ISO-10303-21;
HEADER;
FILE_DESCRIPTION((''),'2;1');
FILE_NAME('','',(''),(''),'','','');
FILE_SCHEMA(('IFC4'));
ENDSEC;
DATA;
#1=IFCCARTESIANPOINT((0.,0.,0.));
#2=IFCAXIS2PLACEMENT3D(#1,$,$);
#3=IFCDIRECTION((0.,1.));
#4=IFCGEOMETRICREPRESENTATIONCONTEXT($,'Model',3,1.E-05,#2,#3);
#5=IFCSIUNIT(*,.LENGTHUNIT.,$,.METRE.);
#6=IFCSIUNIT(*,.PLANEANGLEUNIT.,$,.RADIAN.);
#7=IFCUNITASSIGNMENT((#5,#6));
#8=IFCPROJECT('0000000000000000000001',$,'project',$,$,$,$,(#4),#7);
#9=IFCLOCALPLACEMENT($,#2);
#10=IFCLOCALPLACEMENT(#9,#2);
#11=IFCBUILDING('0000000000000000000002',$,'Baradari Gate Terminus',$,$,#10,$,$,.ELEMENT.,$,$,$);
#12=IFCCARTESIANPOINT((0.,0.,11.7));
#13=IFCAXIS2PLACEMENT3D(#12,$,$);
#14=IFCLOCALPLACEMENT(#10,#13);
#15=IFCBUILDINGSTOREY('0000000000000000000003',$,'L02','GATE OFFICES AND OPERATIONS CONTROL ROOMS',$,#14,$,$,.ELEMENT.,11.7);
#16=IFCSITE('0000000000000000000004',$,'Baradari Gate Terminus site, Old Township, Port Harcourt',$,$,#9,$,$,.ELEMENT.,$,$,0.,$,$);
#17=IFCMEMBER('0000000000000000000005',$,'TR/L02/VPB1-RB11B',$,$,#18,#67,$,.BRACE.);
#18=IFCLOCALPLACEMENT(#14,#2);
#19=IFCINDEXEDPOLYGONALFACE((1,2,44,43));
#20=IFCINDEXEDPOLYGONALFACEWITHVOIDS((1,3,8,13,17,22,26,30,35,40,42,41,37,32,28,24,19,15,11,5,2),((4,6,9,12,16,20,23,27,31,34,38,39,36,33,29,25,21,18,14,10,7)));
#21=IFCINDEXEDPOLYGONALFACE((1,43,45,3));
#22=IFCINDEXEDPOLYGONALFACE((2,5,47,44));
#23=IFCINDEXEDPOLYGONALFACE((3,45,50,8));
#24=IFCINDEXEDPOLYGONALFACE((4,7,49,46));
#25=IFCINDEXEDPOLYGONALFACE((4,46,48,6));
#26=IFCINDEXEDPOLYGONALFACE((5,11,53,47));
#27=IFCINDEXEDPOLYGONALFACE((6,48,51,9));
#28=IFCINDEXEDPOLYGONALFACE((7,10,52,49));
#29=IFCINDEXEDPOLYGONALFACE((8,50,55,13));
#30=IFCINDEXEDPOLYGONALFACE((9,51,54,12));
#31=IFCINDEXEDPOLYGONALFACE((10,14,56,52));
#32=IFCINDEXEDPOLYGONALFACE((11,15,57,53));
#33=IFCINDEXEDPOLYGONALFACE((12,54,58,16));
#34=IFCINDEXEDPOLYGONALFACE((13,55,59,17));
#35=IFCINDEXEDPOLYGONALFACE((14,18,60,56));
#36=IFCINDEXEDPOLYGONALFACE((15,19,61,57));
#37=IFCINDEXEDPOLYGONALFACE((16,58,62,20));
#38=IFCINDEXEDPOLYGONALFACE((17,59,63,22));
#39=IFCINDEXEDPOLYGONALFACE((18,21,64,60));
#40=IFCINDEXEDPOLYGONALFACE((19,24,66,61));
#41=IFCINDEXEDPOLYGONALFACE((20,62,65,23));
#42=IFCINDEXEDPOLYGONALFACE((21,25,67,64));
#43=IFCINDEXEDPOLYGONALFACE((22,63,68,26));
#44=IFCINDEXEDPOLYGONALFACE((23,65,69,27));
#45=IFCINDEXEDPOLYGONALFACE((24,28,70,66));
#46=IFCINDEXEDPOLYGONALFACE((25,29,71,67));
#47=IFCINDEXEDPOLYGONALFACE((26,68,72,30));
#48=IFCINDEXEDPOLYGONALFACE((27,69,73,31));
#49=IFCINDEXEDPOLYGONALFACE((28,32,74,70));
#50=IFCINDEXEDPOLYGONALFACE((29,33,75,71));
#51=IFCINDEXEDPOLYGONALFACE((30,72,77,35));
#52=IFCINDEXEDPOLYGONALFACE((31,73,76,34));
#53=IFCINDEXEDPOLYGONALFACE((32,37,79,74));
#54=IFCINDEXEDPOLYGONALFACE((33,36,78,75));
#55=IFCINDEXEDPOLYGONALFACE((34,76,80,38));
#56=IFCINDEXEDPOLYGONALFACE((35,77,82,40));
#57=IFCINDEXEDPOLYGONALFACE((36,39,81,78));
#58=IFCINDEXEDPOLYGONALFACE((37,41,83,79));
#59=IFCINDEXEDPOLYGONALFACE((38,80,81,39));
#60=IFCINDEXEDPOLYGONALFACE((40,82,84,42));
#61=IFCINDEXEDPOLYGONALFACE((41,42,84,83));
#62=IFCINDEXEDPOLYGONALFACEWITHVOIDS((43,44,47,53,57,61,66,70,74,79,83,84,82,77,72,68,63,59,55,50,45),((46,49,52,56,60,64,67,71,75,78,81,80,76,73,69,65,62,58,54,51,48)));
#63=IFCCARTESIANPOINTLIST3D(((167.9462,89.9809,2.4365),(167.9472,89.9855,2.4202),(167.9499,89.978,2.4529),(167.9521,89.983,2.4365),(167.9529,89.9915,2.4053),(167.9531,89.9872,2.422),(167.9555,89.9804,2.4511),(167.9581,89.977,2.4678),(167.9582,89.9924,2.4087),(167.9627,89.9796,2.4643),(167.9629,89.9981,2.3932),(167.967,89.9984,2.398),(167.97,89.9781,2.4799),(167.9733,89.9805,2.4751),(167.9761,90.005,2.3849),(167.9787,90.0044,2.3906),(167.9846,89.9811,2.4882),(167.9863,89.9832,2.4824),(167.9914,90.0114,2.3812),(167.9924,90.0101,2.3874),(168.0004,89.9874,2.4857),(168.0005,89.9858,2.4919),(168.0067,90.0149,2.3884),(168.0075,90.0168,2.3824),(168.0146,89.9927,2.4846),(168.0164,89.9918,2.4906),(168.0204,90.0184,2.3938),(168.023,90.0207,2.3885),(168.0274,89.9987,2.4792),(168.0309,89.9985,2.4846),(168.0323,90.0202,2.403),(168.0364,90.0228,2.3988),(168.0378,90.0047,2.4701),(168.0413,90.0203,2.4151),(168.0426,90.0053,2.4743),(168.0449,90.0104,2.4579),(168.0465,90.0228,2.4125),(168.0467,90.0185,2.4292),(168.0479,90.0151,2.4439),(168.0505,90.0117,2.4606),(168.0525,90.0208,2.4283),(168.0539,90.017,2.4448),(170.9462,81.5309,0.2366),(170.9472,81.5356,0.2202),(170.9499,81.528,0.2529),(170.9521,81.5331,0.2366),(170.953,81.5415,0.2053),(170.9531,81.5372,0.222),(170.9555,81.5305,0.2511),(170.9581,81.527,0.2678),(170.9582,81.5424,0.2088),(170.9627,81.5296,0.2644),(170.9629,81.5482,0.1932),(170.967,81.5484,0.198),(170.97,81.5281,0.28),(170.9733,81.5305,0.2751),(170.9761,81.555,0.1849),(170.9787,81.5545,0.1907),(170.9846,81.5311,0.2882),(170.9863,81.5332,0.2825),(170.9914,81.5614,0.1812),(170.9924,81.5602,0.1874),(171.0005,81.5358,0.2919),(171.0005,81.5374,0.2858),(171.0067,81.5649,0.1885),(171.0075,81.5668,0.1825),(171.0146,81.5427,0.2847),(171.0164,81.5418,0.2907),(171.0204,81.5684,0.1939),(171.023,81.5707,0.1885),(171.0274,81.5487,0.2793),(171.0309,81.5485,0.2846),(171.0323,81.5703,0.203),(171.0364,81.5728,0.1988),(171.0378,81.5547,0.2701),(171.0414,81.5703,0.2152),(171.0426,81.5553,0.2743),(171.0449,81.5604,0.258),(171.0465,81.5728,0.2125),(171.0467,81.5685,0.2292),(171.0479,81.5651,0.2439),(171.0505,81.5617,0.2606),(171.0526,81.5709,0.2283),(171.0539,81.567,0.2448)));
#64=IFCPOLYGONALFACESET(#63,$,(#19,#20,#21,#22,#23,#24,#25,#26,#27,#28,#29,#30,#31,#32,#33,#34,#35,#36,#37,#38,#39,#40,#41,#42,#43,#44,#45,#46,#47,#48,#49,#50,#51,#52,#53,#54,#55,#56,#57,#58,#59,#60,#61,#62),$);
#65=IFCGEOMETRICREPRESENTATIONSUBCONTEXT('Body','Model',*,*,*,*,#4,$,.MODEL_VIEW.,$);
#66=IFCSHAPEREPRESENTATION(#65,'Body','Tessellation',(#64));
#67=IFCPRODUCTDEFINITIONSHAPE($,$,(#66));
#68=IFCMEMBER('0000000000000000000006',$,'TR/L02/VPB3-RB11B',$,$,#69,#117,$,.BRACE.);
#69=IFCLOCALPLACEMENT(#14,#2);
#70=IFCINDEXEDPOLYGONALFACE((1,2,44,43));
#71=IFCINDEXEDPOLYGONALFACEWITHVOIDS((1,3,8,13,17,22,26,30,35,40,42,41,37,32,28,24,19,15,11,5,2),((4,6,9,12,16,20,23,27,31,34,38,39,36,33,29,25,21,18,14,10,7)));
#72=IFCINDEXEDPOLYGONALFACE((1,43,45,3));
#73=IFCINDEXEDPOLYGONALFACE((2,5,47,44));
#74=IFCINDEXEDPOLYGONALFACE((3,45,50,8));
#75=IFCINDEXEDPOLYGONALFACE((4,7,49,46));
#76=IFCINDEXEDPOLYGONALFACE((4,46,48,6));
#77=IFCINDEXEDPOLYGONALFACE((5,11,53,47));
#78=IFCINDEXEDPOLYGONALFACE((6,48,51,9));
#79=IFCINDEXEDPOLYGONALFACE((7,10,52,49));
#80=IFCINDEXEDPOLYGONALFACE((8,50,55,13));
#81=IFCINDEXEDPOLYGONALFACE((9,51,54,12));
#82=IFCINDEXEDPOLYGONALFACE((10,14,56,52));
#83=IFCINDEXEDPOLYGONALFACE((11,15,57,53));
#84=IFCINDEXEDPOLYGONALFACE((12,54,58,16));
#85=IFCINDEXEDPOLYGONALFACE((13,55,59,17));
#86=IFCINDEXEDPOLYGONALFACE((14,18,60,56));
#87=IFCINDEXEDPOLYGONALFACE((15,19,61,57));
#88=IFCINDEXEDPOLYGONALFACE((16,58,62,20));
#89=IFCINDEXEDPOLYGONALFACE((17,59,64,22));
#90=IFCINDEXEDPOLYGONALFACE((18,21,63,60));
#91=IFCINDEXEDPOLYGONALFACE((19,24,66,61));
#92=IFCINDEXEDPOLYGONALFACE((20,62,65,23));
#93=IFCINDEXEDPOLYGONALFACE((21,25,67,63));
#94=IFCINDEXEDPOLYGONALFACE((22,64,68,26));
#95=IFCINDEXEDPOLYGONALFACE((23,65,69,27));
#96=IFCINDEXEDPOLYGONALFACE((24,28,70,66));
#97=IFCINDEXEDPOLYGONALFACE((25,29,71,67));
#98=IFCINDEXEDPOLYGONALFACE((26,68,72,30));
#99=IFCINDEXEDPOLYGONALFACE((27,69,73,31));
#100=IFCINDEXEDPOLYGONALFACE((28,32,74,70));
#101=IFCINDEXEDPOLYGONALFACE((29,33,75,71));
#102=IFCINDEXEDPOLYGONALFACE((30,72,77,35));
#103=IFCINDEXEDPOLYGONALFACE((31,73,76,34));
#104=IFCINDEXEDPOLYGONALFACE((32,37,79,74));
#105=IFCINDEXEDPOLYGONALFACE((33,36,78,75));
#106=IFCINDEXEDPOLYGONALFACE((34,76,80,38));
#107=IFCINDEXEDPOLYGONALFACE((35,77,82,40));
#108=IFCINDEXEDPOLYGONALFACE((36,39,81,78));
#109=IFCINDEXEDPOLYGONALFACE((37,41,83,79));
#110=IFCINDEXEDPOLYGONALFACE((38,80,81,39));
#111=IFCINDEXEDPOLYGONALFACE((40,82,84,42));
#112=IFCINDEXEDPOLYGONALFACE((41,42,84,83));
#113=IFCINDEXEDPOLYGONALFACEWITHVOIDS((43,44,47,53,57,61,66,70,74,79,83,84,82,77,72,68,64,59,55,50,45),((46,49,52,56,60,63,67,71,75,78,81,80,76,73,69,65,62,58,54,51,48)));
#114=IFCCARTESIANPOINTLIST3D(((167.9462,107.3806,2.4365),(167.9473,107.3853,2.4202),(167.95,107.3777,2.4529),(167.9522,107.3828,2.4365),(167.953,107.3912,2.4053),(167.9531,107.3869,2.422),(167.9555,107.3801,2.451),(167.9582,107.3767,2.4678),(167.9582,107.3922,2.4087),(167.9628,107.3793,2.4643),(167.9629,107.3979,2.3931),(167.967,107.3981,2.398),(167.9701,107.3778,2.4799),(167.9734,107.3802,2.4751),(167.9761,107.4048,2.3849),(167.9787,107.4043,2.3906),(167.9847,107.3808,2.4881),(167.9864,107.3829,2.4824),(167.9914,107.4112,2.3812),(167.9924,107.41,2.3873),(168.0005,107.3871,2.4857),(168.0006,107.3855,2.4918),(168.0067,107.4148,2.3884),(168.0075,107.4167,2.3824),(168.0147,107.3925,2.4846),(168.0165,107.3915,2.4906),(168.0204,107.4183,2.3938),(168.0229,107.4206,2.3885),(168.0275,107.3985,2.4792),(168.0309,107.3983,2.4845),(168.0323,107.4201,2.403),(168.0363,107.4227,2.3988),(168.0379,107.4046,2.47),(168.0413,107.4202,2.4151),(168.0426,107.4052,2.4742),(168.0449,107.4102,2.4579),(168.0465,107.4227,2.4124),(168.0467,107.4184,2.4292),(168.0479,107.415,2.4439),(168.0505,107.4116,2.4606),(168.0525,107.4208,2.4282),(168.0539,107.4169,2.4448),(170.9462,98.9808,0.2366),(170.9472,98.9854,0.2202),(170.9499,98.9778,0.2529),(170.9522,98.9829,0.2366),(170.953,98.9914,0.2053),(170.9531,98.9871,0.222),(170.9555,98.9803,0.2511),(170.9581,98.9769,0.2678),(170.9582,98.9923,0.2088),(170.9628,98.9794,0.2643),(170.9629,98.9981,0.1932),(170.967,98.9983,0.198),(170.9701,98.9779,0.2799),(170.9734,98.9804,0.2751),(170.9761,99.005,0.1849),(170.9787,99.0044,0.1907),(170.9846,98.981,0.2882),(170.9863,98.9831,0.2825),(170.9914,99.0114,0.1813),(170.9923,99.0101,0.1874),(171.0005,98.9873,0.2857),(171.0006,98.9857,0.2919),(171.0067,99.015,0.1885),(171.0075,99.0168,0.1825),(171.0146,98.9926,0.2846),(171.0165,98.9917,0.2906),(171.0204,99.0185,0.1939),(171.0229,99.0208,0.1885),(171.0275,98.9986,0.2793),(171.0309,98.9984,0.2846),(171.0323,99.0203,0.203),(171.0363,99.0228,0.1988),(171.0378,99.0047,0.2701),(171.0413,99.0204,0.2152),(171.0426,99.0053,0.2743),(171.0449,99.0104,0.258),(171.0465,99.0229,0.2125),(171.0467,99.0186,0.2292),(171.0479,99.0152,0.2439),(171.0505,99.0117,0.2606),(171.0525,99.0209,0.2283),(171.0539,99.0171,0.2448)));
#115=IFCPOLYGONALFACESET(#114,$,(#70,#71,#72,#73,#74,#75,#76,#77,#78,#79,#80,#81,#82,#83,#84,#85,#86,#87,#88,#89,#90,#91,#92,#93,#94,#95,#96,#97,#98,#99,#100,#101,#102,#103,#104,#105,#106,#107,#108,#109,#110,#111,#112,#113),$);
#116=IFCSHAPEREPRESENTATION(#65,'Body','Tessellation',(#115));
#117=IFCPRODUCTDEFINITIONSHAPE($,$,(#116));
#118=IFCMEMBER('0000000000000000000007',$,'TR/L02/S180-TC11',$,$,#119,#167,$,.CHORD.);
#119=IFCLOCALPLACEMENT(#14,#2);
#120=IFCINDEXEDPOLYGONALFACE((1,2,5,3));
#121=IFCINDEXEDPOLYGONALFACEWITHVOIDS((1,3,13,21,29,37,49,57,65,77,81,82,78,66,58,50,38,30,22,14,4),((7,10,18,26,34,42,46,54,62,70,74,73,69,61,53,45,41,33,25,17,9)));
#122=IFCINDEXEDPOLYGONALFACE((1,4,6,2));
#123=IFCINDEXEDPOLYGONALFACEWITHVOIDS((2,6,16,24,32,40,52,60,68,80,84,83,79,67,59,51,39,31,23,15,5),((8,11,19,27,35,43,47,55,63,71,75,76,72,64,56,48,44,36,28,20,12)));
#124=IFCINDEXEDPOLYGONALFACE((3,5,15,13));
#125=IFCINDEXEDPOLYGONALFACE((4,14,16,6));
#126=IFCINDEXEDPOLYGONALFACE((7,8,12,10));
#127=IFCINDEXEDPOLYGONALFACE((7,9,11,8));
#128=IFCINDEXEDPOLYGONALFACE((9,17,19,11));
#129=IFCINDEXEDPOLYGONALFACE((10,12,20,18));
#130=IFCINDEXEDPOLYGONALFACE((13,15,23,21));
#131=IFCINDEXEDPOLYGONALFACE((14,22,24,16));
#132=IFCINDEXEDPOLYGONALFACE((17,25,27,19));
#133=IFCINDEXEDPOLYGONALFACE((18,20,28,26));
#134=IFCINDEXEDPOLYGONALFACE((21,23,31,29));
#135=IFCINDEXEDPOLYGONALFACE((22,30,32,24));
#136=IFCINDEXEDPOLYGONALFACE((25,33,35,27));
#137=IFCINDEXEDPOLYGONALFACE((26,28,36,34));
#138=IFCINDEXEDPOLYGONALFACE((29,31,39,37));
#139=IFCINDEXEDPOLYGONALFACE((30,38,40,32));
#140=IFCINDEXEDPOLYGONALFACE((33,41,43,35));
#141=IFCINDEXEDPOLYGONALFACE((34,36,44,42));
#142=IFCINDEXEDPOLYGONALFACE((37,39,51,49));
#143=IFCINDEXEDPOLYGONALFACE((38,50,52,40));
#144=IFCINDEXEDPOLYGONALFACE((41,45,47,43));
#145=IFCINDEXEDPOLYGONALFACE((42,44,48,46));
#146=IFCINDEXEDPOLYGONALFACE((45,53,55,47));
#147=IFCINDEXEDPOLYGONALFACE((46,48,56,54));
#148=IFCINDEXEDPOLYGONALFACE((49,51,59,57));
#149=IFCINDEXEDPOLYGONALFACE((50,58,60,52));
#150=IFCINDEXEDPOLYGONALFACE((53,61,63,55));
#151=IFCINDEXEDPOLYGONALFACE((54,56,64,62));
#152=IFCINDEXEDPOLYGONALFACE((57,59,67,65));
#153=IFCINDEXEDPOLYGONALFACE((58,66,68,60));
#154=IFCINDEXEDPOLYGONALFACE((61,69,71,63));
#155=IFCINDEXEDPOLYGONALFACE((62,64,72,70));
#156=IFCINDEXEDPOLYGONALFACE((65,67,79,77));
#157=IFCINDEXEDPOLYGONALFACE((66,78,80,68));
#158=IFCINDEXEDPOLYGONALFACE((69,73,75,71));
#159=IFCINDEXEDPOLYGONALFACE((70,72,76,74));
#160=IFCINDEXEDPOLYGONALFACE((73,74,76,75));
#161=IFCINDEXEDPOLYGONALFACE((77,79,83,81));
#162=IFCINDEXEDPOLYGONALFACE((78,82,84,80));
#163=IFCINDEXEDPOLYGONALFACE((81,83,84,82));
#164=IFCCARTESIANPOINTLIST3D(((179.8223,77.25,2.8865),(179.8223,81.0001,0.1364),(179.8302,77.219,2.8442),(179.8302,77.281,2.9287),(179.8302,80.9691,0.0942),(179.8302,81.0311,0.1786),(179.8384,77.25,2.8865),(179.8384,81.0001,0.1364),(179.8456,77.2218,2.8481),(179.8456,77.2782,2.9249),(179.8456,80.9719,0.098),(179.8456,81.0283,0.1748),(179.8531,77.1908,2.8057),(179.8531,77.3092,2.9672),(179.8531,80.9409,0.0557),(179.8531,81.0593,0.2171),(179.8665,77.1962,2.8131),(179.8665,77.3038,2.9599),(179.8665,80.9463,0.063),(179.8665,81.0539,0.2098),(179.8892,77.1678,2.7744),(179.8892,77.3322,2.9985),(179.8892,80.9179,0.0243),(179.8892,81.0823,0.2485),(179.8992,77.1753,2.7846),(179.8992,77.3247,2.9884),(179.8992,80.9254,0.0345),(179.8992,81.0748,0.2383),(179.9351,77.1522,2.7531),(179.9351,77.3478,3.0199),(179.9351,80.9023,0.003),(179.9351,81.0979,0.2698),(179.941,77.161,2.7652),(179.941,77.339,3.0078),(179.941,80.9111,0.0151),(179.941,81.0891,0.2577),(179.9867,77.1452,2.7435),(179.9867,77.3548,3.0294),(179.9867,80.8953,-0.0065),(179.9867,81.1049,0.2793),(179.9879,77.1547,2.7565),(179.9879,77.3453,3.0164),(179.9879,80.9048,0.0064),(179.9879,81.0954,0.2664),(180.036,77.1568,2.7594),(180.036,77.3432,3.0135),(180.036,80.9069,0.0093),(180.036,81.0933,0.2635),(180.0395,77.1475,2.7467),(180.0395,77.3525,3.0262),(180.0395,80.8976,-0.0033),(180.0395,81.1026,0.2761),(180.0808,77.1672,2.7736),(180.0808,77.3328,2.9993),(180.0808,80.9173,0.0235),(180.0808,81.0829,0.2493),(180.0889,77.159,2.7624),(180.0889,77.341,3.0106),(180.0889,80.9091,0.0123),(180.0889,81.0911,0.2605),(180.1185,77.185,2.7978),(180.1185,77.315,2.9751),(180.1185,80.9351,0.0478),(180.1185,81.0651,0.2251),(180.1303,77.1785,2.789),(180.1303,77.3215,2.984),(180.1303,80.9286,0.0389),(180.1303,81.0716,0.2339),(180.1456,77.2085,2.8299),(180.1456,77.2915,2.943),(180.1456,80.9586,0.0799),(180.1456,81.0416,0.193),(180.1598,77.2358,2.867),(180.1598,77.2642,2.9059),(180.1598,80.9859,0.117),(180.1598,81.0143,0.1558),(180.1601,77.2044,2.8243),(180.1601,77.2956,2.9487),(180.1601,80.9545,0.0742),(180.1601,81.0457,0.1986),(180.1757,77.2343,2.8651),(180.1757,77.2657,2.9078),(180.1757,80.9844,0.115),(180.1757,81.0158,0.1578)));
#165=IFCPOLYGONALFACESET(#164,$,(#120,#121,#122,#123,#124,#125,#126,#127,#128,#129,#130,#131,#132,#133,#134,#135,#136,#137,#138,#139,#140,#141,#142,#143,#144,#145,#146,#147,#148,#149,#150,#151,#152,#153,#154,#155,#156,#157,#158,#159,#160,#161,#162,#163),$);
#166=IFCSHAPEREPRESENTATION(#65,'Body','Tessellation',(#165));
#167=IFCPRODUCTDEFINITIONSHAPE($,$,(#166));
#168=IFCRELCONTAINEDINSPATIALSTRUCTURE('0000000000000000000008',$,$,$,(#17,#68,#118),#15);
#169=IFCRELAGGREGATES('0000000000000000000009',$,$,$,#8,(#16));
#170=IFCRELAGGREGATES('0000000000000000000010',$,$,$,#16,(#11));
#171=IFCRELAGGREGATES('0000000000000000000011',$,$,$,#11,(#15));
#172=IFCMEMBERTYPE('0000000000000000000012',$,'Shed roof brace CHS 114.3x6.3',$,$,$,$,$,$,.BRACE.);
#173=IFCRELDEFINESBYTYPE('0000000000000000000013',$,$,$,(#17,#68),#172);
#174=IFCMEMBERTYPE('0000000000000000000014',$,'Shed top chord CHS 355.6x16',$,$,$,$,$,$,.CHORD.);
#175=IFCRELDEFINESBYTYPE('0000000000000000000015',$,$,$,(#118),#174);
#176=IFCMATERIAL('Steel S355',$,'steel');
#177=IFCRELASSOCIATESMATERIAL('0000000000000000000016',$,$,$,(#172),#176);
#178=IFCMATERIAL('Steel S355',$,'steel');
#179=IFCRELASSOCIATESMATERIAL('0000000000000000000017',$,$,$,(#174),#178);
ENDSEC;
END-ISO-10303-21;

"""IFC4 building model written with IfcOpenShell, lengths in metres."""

from ifc_helpers import new_model, si_unit, direction, frame, origin, origin_2d, place, context, subcontext, project, spatial, hollow_circle, extrude, material, material_profile, profile_set, type_object, element, save


model = new_model("IFC4")

# Units and contexts
model_context = context("Model", 3, precision=1e-05, world=origin(), true_north=direction((0.0, 1.0)))
body_context = subcontext(model_context, "Body", "Model", "MODEL_VIEW")
ifc_project = project(units=[si_unit("LENGTHUNIT", "METRE"), si_unit("PLANEANGLEUNIT", "RADIAN")], contexts=[model_context])

# Site, building, storey
site_placement = place(None, origin())
site = spatial("IfcSite", under=ifc_project, at=site_placement, Name="Baradari Gate Terminus site, Old Township, Port Harcourt", CompositionType="ELEMENT", RefElevation=0.0)
building_placement = place(site_placement, origin())
building = spatial("IfcBuilding", under=site, at=building_placement, Name="Baradari Gate Terminus", CompositionType="ELEMENT")
storey_placement = place(building_placement, frame((0.0, 0.0, 11.7)))
storey = spatial("IfcBuildingStorey", under=building, at=storey_placement, Name="L02", Description="GATE OFFICES AND OPERATIONS CONTROL ROOMS", CompositionType="ELEMENT", Elevation=11.7)

# Members
ifc_material_1 = material(Name="Steel S355", Category="steel")
ifc_material_profile_1 = material_profile(ifc_material_1, hollow_circle(Radius=0.0571, WallThickness=0.0063, at=origin_2d()), Name="CHS 114.3x6.3")
ifc_profile_set_1 = profile_set([ifc_material_profile_1], Name="Steel S355")
member_type_1 = type_object("IfcMemberType", Name="Shed roof brace CHS 114.3x6.3", PredefinedType="BRACE", material=ifc_profile_set_1)
member_1_placement = place(storey_placement, frame((171.0, 81.55, 0.2366), z_axis=(-0.324934, 0.915227, 0.23828), x_axis=(-0.94237, -0.334571, 0.0)))
element("IfcMember", 1, at=member_1_placement, inside=storey, type_object=member_type_1, Name="TR/L02/VPB1-RB11B", PredefinedType="BRACE", context=body_context, shape_type="SweptSolid", body=[
    extrude(hollow_circle(Radius=0.0571, WallThickness=0.0063, at=origin_2d()), origin(), (0.0, 0.0, 1.0), 9.2327),
])
member_2_placement = place(storey_placement, frame((171.0, 99.0, 0.2366), z_axis=(-0.326554, 0.91434, 0.239468), x_axis=(-0.941741, -0.33634, 0.0)))
element("IfcMember", 2, at=member_2_placement, inside=storey, type_object=member_type_1, Name="TR/L02/VPB3-RB11B", PredefinedType="BRACE", context=body_context, shape_type="SweptSolid", body=[
    extrude(hollow_circle(Radius=0.0571, WallThickness=0.0063, at=origin_2d()), origin(), (0.0, 0.0, 1.0), 9.1868),
])
ifc_material_2 = material(Name="Steel S355", Category="steel")
ifc_material_profile_2 = material_profile(ifc_material_2, hollow_circle(Radius=0.1777, WallThickness=0.0161, at=origin_2d()), Name="CHS 355.6x16")
ifc_profile_set_2 = profile_set([ifc_material_profile_2], Name="Steel S355")
member_type_2 = type_object("IfcMemberType", Name="Shed top chord CHS 355.6x16", PredefinedType="CHORD", material=ifc_profile_set_2)
for number, where, z_axis, x_axis, name in (
    (3, (180.0, 77.25, 2.8865), (0.0, 0.806405, -0.591364), (-1.0, 0.0, 0.0), "TR/L02/S180-TC11"),
):
    element("IfcMember", number, at=place(storey_placement, frame(where, z_axis=z_axis, x_axis=x_axis)), inside=storey, type_object=member_type_2, Name=name, PredefinedType="CHORD", context=body_context, shape_type="SweptSolid", body=[
        extrude(hollow_circle(Radius=0.1777, WallThickness=0.0161, at=origin_2d()), origin(), (0.0, 0.0, 1.0), 4.6504),
    ])

save(model, "model.ifc")
